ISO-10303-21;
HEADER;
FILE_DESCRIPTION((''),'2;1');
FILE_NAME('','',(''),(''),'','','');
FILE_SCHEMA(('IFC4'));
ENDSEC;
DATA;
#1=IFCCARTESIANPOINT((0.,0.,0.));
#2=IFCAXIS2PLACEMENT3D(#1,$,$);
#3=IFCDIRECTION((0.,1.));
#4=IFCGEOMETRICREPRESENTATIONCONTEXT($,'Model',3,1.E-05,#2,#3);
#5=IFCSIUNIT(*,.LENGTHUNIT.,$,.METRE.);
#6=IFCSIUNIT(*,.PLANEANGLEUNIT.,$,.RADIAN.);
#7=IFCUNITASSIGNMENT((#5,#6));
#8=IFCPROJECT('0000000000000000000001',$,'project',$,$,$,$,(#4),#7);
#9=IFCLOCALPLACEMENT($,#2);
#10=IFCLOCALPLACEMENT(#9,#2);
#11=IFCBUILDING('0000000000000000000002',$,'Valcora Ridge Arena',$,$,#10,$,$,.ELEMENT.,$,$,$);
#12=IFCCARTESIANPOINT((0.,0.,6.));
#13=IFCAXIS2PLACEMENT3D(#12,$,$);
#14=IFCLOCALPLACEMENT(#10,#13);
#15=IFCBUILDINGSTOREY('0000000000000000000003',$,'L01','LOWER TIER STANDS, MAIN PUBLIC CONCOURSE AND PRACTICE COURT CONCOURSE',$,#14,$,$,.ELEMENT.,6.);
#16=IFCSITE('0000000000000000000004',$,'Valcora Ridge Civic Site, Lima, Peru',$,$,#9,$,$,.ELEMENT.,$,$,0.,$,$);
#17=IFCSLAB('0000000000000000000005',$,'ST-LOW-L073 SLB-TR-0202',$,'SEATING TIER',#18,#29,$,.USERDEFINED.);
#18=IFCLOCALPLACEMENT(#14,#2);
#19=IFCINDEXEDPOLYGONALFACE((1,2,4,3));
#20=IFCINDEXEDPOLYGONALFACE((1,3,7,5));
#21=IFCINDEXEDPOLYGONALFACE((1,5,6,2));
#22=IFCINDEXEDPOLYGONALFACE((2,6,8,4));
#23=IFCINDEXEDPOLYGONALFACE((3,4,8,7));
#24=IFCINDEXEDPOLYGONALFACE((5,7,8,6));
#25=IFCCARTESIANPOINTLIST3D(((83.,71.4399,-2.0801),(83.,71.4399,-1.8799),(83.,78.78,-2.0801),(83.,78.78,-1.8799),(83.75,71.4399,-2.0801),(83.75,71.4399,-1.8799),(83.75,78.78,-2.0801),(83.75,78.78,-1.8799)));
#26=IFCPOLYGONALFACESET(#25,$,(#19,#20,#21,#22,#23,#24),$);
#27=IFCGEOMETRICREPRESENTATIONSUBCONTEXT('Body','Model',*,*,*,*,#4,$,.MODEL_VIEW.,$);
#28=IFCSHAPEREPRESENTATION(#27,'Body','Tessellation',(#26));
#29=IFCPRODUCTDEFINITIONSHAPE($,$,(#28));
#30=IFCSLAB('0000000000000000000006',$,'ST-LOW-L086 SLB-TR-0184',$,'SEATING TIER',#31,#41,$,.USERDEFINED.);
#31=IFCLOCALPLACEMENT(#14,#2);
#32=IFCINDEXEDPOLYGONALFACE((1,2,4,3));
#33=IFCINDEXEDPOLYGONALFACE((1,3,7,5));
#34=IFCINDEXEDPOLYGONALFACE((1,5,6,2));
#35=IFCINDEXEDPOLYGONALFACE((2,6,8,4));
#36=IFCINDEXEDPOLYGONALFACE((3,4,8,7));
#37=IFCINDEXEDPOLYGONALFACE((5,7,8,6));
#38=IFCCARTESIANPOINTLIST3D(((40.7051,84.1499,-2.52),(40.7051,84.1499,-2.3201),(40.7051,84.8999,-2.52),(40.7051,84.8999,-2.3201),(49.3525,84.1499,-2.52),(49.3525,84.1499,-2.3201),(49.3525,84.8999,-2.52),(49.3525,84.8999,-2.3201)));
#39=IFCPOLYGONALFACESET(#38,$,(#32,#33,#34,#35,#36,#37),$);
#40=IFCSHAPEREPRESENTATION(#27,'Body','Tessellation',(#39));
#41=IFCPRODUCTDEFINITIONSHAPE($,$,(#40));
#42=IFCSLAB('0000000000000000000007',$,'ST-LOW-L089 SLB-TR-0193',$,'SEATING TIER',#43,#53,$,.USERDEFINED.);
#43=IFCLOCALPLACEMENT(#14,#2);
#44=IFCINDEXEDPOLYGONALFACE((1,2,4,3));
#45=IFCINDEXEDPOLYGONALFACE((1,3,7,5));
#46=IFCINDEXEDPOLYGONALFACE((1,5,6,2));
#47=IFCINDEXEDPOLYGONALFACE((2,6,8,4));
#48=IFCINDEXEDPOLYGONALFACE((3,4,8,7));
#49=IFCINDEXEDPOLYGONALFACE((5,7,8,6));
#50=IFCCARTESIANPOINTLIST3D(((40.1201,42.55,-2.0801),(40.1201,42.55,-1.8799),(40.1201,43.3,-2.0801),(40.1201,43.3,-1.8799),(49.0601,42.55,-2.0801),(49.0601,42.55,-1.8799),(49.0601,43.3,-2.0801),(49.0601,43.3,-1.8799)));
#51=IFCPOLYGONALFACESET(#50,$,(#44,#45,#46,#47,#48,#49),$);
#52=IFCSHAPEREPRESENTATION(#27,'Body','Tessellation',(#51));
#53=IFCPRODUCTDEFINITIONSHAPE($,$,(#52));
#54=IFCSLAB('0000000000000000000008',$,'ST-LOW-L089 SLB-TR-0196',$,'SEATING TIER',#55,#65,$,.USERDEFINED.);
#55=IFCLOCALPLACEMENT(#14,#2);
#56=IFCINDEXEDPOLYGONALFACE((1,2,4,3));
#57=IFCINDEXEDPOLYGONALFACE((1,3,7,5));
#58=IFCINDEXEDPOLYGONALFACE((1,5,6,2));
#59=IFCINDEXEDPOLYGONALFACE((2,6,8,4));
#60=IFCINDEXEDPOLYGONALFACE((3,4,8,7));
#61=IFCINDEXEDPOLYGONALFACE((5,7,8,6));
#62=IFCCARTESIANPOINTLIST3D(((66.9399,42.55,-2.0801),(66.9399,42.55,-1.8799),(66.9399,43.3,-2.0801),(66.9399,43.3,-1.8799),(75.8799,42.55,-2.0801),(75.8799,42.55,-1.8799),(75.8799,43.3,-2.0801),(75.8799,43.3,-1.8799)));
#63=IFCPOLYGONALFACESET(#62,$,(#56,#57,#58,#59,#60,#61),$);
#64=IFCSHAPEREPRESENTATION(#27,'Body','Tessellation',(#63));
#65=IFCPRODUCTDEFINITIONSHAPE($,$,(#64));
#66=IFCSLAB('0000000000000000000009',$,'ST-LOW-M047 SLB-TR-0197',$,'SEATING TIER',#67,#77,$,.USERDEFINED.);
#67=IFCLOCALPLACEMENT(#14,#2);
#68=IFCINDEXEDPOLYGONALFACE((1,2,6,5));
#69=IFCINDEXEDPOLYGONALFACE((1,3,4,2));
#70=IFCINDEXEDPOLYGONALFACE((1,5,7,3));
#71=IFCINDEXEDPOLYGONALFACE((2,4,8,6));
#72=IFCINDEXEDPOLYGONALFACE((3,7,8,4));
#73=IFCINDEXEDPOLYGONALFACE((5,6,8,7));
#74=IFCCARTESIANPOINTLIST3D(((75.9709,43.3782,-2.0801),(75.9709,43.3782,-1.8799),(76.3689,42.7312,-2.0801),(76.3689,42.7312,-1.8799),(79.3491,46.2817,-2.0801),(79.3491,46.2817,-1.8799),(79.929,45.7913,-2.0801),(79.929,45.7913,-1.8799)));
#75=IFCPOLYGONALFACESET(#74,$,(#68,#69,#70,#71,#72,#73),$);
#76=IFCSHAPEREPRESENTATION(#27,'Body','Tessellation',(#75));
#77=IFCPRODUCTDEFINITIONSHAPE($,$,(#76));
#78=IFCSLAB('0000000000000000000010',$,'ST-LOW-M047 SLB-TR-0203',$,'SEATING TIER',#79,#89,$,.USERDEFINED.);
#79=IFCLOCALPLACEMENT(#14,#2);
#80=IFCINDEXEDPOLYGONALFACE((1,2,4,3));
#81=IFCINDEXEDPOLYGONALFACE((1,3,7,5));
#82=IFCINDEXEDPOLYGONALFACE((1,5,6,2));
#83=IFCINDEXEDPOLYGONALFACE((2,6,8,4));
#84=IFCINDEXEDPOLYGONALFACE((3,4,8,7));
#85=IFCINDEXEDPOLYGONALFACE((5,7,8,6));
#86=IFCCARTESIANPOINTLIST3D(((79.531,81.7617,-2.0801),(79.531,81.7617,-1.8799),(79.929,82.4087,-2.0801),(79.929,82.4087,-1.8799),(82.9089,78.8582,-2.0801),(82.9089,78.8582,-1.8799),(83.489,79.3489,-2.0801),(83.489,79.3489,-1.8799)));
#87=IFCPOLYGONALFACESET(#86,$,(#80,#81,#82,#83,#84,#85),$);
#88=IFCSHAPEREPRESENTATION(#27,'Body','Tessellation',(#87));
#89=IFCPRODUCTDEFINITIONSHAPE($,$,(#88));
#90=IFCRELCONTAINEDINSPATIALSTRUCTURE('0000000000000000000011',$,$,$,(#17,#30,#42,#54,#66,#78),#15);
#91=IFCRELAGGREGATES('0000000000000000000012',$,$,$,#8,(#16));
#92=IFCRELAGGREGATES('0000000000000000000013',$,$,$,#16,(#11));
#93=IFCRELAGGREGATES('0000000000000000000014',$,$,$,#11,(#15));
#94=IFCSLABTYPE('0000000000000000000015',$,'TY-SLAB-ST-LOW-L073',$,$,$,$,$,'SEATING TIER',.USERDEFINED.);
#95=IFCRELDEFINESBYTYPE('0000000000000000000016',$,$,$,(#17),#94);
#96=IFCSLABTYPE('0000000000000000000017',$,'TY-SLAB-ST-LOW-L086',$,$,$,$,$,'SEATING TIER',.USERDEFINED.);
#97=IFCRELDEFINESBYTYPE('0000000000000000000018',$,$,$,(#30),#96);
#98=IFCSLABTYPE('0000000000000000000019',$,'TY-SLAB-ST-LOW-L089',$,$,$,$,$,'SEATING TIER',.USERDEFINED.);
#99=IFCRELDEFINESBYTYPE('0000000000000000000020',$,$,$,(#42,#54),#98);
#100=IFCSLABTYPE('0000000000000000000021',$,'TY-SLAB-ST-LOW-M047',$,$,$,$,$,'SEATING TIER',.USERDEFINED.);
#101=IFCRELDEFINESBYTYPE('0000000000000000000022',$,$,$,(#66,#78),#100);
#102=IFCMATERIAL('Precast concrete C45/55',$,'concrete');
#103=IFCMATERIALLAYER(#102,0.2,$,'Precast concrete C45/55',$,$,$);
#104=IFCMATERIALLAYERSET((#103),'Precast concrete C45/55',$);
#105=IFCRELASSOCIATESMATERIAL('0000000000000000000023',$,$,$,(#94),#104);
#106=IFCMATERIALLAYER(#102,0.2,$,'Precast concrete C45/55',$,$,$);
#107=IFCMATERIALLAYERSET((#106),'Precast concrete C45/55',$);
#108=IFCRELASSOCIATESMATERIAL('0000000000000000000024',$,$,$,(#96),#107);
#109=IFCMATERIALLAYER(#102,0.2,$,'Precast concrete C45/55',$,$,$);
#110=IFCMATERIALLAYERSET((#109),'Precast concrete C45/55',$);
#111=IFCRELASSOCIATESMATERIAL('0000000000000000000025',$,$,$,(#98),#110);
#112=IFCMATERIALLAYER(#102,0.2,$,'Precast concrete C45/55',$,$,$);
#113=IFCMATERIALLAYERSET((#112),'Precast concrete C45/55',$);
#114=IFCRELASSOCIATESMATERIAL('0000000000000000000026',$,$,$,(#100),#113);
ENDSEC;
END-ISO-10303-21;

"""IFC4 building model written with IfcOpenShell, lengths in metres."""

from ifc_helpers import new_model, si_unit, direction, frame, origin, place, context, subcontext, project, spatial, polyline, outline, extrude, material, layer, layer_set, type_object, element, save


model = new_model("IFC4")

# Units and contexts
model_context = context("Model", 3, precision=1e-05, world=origin(), true_north=direction((0.0, 1.0)))
body_context = subcontext(model_context, "Body", "Model", "MODEL_VIEW")
ifc_project = project(units=[si_unit("LENGTHUNIT", "METRE"), si_unit("PLANEANGLEUNIT", "RADIAN")], contexts=[model_context])

# Site, building, storey
site_placement = place(None, origin())
site = spatial("IfcSite", under=ifc_project, at=site_placement, Name="Valcora Ridge Civic Site, Lima, Peru", CompositionType="ELEMENT", RefElevation=0.0)
building_placement = place(site_placement, origin())
building = spatial("IfcBuilding", under=site, at=building_placement, Name="Valcora Ridge Arena", CompositionType="ELEMENT")
storey_placement = place(building_placement, frame((0.0, 0.0, 6.0)))
storey = spatial("IfcBuildingStorey", under=building, at=storey_placement, Name="L01", Description="LOWER TIER STANDS, MAIN PUBLIC CONCOURSE AND PRACTICE COURT CONCOURSE", CompositionType="ELEMENT", Elevation=6.0)

# Slabs
ifc_material = material(Name="Precast concrete C45/55", Category="concrete")
ifc_layer_1 = layer(ifc_material, 0.2, Name="Precast concrete C45/55")
ifc_layer_set_1 = layer_set([ifc_layer_1], Name="Precast concrete C45/55")
slab_type_1 = type_object("IfcSlabType", Name="TY-SLAB-ST-LOW-L073", ElementType="SEATING TIER", PredefinedType="USERDEFINED", material=ifc_layer_set_1)
slab_1_placement = place(storey_placement, frame((0.0, 0.0, -2.0801)))
element("IfcSlab", 1, at=slab_1_placement, inside=storey, type_object=slab_type_1, Name="ST-LOW-L073 SLB-TR-0202", ObjectType="SEATING TIER", PredefinedType="USERDEFINED", context=body_context, shape_type="SweptSolid", body=[
    extrude(outline(polyline([(83.0, 71.4399), (83.0, 78.78), (83.75, 78.78), (83.75, 71.4399), (83.0, 71.4399)])), origin(), (0.0, 0.0, 1.0), 0.2002),
])
ifc_layer_2 = layer(ifc_material, 0.2, Name="Precast concrete C45/55")
ifc_layer_set_2 = layer_set([ifc_layer_2], Name="Precast concrete C45/55")
slab_type_2 = type_object("IfcSlabType", Name="TY-SLAB-ST-LOW-L086", ElementType="SEATING TIER", PredefinedType="USERDEFINED", material=ifc_layer_set_2)
slab_2_placement = place(storey_placement, frame((0.0, 0.0, -2.52)))
element("IfcSlab", 2, at=slab_2_placement, inside=storey, type_object=slab_type_2, Name="ST-LOW-L086 SLB-TR-0184", ObjectType="SEATING TIER", PredefinedType="USERDEFINED", context=body_context, shape_type="SweptSolid", body=[
    extrude(outline(polyline([(49.3525, 84.1499), (40.7051, 84.1499), (40.7051, 84.8999), (49.3525, 84.8999), (49.3525, 84.1499)])), origin(), (0.0, 0.0, 1.0), 0.2),
])
ifc_layer_3 = layer(ifc_material, 0.2, Name="Precast concrete C45/55")
ifc_layer_set_3 = layer_set([ifc_layer_3], Name="Precast concrete C45/55")
slab_type_3 = type_object("IfcSlabType", Name="TY-SLAB-ST-LOW-L089", ElementType="SEATING TIER", PredefinedType="USERDEFINED", material=ifc_layer_set_3)
slab_3_placement = place(storey_placement, frame((0.0, 0.0, -2.0801)))
element("IfcSlab", 3, at=slab_3_placement, inside=storey, type_object=slab_type_3, Name="ST-LOW-L089 SLB-TR-0193", ObjectType="SEATING TIER", PredefinedType="USERDEFINED", context=body_context, shape_type="SweptSolid", body=[
    extrude(outline(polyline([(40.1201, 43.3), (49.0601, 43.3), (49.0601, 42.55), (40.1201, 42.55), (40.1201, 43.3)])), origin(), (0.0, 0.0, 1.0), 0.2002),
])
slab_4_placement = place(storey_placement, frame((0.0, 0.0, -2.0801)))
element("IfcSlab", 4, at=slab_4_placement, inside=storey, type_object=slab_type_3, Name="ST-LOW-L089 SLB-TR-0196", ObjectType="SEATING TIER", PredefinedType="USERDEFINED", context=body_context, shape_type="SweptSolid", body=[
    extrude(outline(polyline([(66.9399, 43.3), (75.8799, 43.3), (75.8799, 42.55), (66.9399, 42.55), (66.9399, 43.3)])), origin(), (0.0, 0.0, 1.0), 0.2002),
])
ifc_layer_4 = layer(ifc_material, 0.2, Name="Precast concrete C45/55")
ifc_layer_set_4 = layer_set([ifc_layer_4], Name="Precast concrete C45/55")
slab_type_4 = type_object("IfcSlabType", Name="TY-SLAB-ST-LOW-M047", ElementType="SEATING TIER", PredefinedType="USERDEFINED", material=ifc_layer_set_4)
slab_5_placement = place(storey_placement, frame((0.0, 0.0, -2.0801)))
element("IfcSlab", 5, at=slab_5_placement, inside=storey, type_object=slab_type_4, Name="ST-LOW-M047 SLB-TR-0197", ObjectType="SEATING TIER", PredefinedType="USERDEFINED", context=body_context, shape_type="SweptSolid", body=[
    extrude(outline(polyline([(75.9709, 43.3782), (79.3491, 46.2817), (79.929, 45.7913), (76.3689, 42.7312), (75.9709, 43.3782)])), origin(), (0.0, 0.0, 1.0), 0.2002),
])
slab_6_placement = place(storey_placement, frame((0.0, 0.0, -2.0801)))
element("IfcSlab", 6, at=slab_6_placement, inside=storey, type_object=slab_type_4, Name="ST-LOW-M047 SLB-TR-0203", ObjectType="SEATING TIER", PredefinedType="USERDEFINED", context=body_context, shape_type="SweptSolid", body=[
    extrude(outline(polyline([(82.9089, 78.8582), (79.531, 81.7617), (79.929, 82.4087), (83.489, 79.3489), (82.9089, 78.8582)])), origin(), (0.0, 0.0, 1.0), 0.2002),
])

save(model, "model.ifc")
